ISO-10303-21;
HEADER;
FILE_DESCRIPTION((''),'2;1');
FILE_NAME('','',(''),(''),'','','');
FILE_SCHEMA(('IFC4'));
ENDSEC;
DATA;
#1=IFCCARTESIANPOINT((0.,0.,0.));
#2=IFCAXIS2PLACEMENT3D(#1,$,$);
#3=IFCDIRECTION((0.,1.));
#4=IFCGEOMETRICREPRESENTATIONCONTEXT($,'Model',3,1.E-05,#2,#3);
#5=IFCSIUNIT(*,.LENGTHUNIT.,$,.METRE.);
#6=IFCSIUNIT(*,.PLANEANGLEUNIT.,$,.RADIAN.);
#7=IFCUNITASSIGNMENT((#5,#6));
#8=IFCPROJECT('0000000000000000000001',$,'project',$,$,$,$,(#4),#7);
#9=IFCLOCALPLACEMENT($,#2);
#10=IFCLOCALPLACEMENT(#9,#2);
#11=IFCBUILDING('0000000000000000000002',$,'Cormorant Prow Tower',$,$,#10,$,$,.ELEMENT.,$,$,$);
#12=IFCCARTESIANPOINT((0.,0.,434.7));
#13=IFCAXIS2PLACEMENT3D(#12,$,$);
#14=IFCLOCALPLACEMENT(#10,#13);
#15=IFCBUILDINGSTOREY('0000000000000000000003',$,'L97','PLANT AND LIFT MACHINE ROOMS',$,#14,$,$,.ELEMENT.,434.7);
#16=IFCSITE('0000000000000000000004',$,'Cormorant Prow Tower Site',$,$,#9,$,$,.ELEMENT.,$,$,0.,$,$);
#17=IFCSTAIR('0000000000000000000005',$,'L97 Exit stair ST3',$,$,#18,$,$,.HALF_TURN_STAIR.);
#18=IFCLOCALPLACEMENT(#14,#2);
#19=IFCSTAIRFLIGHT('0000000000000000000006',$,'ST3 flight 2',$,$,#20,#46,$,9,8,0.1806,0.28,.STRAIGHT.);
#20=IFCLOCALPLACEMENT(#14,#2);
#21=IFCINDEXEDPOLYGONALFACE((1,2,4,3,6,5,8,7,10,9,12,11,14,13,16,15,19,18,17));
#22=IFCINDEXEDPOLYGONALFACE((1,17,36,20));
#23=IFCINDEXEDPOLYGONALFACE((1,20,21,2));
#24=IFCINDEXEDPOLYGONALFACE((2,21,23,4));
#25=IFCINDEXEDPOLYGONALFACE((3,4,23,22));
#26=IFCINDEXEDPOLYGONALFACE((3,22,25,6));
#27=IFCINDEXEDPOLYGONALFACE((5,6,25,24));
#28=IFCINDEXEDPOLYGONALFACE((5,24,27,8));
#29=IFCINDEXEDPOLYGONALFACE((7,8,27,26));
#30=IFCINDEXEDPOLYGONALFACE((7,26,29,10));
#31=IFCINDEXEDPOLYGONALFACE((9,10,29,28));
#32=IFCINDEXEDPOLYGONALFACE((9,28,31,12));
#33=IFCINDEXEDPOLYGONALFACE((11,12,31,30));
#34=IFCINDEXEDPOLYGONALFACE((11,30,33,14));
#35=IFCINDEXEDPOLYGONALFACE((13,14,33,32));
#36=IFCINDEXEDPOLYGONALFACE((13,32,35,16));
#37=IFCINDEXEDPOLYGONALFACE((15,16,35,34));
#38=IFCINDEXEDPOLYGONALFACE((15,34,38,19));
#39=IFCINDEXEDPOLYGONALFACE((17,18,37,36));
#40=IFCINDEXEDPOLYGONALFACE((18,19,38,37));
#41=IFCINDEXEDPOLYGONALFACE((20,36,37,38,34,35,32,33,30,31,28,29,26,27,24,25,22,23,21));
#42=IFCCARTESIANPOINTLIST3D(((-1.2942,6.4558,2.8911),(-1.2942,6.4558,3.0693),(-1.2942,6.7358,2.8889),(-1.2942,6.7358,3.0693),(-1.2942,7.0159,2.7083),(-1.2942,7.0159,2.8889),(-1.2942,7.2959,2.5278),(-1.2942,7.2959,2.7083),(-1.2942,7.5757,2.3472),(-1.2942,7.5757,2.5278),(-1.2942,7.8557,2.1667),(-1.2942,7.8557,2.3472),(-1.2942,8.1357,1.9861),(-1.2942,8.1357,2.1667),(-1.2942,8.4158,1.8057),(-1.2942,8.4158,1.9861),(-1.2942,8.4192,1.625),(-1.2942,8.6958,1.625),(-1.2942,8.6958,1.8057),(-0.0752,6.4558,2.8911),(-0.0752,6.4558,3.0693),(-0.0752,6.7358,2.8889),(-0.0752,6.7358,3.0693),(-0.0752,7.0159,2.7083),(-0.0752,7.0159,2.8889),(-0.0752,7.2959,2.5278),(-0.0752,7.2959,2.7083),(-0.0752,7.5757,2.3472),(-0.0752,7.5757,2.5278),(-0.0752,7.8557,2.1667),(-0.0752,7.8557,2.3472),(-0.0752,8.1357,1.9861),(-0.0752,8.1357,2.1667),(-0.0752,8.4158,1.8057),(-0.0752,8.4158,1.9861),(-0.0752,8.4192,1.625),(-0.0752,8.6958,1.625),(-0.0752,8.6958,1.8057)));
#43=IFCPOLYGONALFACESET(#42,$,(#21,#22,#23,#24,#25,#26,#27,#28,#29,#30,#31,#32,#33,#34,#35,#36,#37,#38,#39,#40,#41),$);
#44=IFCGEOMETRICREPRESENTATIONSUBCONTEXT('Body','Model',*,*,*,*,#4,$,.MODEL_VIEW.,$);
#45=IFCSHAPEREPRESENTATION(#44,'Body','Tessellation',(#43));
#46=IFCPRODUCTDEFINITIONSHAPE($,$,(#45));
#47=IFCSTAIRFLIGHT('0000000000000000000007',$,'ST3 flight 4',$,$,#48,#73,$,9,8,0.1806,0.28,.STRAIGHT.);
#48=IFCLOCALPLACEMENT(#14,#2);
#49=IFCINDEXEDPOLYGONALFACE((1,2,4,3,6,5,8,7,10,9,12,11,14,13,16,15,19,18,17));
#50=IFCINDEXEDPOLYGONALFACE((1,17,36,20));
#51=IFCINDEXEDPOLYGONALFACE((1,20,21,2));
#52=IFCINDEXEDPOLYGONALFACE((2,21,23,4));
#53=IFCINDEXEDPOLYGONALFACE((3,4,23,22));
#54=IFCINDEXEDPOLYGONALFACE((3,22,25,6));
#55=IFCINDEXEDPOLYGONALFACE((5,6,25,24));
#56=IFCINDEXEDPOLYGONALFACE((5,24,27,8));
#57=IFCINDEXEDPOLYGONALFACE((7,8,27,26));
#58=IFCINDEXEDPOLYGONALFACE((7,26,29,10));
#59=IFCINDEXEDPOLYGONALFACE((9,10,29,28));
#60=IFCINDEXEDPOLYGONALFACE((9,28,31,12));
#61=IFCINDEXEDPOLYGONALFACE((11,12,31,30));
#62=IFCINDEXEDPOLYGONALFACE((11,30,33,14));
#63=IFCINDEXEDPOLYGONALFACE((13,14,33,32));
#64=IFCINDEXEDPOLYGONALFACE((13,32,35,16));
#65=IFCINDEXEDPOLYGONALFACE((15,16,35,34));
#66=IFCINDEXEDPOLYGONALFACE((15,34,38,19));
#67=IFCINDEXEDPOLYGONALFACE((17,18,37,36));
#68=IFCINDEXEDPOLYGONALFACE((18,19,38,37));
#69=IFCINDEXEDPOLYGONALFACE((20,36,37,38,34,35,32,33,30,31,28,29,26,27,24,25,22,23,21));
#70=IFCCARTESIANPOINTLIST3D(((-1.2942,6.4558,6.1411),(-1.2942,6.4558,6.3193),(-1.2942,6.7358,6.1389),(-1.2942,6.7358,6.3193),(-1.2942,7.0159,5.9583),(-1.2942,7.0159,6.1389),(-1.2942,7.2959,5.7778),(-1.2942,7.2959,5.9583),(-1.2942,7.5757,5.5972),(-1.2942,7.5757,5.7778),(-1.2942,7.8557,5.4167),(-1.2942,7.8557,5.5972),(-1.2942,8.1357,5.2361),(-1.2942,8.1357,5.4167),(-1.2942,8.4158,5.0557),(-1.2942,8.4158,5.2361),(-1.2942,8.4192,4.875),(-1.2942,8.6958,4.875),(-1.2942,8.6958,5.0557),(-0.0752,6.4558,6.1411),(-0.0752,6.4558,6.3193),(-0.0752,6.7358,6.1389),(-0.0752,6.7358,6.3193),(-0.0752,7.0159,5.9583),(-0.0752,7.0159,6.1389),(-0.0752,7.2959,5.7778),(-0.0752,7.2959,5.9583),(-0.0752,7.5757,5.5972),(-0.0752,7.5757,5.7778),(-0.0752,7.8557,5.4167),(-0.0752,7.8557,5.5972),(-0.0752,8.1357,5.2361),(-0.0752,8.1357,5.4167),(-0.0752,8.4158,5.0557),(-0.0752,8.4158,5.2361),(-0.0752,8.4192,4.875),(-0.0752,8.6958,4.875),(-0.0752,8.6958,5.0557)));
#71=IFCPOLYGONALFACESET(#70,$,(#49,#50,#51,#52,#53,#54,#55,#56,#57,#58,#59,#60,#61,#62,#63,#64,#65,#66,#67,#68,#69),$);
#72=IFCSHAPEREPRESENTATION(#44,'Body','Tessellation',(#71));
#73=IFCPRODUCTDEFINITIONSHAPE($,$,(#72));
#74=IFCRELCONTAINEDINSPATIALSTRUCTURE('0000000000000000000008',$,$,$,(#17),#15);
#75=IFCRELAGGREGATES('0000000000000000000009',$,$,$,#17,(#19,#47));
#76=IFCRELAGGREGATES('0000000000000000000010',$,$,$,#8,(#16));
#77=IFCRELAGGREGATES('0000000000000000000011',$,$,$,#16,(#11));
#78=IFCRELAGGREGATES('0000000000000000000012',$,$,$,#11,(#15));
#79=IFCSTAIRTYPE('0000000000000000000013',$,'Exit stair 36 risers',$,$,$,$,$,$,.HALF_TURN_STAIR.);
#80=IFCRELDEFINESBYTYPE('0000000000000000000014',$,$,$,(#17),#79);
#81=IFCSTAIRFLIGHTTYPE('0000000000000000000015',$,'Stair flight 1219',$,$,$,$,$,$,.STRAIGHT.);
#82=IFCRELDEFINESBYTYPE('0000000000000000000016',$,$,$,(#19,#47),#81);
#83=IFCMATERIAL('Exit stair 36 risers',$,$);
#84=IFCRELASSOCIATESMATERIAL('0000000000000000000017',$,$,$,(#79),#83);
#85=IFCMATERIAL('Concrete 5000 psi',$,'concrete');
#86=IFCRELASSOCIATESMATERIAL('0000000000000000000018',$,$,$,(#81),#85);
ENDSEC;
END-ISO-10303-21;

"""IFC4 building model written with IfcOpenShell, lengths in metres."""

from ifc_helpers import new_model, si_unit, direction, frame, origin, place, context, subcontext, project, spatial, polyline, outline, extrude, material, type_object, element, aggregate, save


model = new_model("IFC4")

# Units and contexts
model_context = context("Model", 3, precision=1e-05, world=origin(), true_north=direction((0.0, 1.0)))
body_context = subcontext(model_context, "Body", "Model", "MODEL_VIEW")
ifc_project = project(units=[si_unit("LENGTHUNIT", "METRE"), si_unit("PLANEANGLEUNIT", "RADIAN")], contexts=[model_context])

# Site, building, storey
site_placement = place(None, origin())
site = spatial("IfcSite", under=ifc_project, at=site_placement, Name="Cormorant Prow Tower Site", CompositionType="ELEMENT", RefElevation=0.0)
building_placement = place(site_placement, origin())
building = spatial("IfcBuilding", under=site, at=building_placement, Name="Cormorant Prow Tower", CompositionType="ELEMENT")
storey_placement = place(building_placement, frame((0.0, 0.0, 434.7)))
storey = spatial("IfcBuildingStorey", under=building, at=storey_placement, Name="L97", Description="PLANT AND LIFT MACHINE ROOMS", CompositionType="ELEMENT", Elevation=434.7)

# Stair, stair flights
ifc_material_1 = material(Name="Exit stair 36 risers")
stair_type = type_object("IfcStairType", Name="Exit stair 36 risers", PredefinedType="HALF_TURN_STAIR", material=ifc_material_1)
stair_placement = place(storey_placement, origin())
stair = element("IfcStair", 1, at=stair_placement, inside=storey, type_object=stair_type, Name="L97 Exit stair ST3", PredefinedType="HALF_TURN_STAIR")
ifc_material_2 = material(Name="Concrete 5000 psi", Category="concrete")
stair_flight_type = type_object("IfcStairFlightType", Name="Stair flight 1219", PredefinedType="STRAIGHT", material=ifc_material_2)
stair_flight_1_placement = place(storey_placement, frame((-0.6846, 8.6958, 1.625), z_axis=(0.0, 0.0, 1.0), x_axis=(0.0, -1.0, 0.0)))
stair_flight_1 = element("IfcStairFlight", 2, at=stair_flight_1_placement, type_object=stair_flight_type, Name="ST3 flight 2", NumberOfRisers=9, NumberOfTreads=8, PredefinedType="STRAIGHT", RiserHeight=0.1806, TreadLength=0.28, context=body_context, shape_type="SweptSolid", body=[
    extrude(outline(polyline([(0.0, 0.0), (0.0, 0.1807), (0.28, 0.1807), (0.28, 0.3611), (0.5601, 0.3611), (0.5601, 0.5417), (0.8401, 0.5417), (0.8401, 0.7222), (1.1201, 0.7222), (1.1201, 0.9028), (1.3999, 0.9028), (1.3999, 1.0833), (1.6799, 1.0833), (1.6799, 1.2639), (1.96, 1.2639), (1.96, 1.4443), (2.24, 1.4443), (2.24, 1.625), (2.24, 1.2661), (0.2766, 0.0), (0.0, 0.0)])), frame((0.0, 0.6094, 0.0), z_axis=(0.0, -1.0, 0.0), x_axis=(1.0, 0.0, 0.0)), (0.0, 0.0, 1.0), 1.219),
])
stair_flight_2_placement = place(storey_placement, frame((-0.6846, 8.6958, 4.875), z_axis=(0.0, 0.0, 1.0), x_axis=(0.0, -1.0, 0.0)))
stair_flight_2 = element("IfcStairFlight", 3, at=stair_flight_2_placement, type_object=stair_flight_type, Name="ST3 flight 4", NumberOfRisers=9, NumberOfTreads=8, PredefinedType="STRAIGHT", RiserHeight=0.1806, TreadLength=0.28, context=body_context, shape_type="SweptSolid", body=[
    extrude(outline(polyline([(0.0, 0.0), (0.0, 0.1807), (0.28, 0.1807), (0.28, 0.3611), (0.5601, 0.3611), (0.5601, 0.5417), (0.8401, 0.5417), (0.8401, 0.7222), (1.1201, 0.7222), (1.1201, 0.9028), (1.3999, 0.9028), (1.3999, 1.0833), (1.6799, 1.0833), (1.6799, 1.2639), (1.96, 1.2639), (1.96, 1.4443), (2.24, 1.4443), (2.24, 1.625), (2.24, 1.2661), (0.2766, 0.0), (0.0, 0.0)])), frame((0.0, 0.6094, 0.0), z_axis=(0.0, -1.0, 0.0), x_axis=(1.0, 0.0, 0.0)), (0.0, 0.0, 1.0), 1.219),
])
aggregate(stair, [stair_flight_1, stair_flight_2])

save(model, "model.ifc")
